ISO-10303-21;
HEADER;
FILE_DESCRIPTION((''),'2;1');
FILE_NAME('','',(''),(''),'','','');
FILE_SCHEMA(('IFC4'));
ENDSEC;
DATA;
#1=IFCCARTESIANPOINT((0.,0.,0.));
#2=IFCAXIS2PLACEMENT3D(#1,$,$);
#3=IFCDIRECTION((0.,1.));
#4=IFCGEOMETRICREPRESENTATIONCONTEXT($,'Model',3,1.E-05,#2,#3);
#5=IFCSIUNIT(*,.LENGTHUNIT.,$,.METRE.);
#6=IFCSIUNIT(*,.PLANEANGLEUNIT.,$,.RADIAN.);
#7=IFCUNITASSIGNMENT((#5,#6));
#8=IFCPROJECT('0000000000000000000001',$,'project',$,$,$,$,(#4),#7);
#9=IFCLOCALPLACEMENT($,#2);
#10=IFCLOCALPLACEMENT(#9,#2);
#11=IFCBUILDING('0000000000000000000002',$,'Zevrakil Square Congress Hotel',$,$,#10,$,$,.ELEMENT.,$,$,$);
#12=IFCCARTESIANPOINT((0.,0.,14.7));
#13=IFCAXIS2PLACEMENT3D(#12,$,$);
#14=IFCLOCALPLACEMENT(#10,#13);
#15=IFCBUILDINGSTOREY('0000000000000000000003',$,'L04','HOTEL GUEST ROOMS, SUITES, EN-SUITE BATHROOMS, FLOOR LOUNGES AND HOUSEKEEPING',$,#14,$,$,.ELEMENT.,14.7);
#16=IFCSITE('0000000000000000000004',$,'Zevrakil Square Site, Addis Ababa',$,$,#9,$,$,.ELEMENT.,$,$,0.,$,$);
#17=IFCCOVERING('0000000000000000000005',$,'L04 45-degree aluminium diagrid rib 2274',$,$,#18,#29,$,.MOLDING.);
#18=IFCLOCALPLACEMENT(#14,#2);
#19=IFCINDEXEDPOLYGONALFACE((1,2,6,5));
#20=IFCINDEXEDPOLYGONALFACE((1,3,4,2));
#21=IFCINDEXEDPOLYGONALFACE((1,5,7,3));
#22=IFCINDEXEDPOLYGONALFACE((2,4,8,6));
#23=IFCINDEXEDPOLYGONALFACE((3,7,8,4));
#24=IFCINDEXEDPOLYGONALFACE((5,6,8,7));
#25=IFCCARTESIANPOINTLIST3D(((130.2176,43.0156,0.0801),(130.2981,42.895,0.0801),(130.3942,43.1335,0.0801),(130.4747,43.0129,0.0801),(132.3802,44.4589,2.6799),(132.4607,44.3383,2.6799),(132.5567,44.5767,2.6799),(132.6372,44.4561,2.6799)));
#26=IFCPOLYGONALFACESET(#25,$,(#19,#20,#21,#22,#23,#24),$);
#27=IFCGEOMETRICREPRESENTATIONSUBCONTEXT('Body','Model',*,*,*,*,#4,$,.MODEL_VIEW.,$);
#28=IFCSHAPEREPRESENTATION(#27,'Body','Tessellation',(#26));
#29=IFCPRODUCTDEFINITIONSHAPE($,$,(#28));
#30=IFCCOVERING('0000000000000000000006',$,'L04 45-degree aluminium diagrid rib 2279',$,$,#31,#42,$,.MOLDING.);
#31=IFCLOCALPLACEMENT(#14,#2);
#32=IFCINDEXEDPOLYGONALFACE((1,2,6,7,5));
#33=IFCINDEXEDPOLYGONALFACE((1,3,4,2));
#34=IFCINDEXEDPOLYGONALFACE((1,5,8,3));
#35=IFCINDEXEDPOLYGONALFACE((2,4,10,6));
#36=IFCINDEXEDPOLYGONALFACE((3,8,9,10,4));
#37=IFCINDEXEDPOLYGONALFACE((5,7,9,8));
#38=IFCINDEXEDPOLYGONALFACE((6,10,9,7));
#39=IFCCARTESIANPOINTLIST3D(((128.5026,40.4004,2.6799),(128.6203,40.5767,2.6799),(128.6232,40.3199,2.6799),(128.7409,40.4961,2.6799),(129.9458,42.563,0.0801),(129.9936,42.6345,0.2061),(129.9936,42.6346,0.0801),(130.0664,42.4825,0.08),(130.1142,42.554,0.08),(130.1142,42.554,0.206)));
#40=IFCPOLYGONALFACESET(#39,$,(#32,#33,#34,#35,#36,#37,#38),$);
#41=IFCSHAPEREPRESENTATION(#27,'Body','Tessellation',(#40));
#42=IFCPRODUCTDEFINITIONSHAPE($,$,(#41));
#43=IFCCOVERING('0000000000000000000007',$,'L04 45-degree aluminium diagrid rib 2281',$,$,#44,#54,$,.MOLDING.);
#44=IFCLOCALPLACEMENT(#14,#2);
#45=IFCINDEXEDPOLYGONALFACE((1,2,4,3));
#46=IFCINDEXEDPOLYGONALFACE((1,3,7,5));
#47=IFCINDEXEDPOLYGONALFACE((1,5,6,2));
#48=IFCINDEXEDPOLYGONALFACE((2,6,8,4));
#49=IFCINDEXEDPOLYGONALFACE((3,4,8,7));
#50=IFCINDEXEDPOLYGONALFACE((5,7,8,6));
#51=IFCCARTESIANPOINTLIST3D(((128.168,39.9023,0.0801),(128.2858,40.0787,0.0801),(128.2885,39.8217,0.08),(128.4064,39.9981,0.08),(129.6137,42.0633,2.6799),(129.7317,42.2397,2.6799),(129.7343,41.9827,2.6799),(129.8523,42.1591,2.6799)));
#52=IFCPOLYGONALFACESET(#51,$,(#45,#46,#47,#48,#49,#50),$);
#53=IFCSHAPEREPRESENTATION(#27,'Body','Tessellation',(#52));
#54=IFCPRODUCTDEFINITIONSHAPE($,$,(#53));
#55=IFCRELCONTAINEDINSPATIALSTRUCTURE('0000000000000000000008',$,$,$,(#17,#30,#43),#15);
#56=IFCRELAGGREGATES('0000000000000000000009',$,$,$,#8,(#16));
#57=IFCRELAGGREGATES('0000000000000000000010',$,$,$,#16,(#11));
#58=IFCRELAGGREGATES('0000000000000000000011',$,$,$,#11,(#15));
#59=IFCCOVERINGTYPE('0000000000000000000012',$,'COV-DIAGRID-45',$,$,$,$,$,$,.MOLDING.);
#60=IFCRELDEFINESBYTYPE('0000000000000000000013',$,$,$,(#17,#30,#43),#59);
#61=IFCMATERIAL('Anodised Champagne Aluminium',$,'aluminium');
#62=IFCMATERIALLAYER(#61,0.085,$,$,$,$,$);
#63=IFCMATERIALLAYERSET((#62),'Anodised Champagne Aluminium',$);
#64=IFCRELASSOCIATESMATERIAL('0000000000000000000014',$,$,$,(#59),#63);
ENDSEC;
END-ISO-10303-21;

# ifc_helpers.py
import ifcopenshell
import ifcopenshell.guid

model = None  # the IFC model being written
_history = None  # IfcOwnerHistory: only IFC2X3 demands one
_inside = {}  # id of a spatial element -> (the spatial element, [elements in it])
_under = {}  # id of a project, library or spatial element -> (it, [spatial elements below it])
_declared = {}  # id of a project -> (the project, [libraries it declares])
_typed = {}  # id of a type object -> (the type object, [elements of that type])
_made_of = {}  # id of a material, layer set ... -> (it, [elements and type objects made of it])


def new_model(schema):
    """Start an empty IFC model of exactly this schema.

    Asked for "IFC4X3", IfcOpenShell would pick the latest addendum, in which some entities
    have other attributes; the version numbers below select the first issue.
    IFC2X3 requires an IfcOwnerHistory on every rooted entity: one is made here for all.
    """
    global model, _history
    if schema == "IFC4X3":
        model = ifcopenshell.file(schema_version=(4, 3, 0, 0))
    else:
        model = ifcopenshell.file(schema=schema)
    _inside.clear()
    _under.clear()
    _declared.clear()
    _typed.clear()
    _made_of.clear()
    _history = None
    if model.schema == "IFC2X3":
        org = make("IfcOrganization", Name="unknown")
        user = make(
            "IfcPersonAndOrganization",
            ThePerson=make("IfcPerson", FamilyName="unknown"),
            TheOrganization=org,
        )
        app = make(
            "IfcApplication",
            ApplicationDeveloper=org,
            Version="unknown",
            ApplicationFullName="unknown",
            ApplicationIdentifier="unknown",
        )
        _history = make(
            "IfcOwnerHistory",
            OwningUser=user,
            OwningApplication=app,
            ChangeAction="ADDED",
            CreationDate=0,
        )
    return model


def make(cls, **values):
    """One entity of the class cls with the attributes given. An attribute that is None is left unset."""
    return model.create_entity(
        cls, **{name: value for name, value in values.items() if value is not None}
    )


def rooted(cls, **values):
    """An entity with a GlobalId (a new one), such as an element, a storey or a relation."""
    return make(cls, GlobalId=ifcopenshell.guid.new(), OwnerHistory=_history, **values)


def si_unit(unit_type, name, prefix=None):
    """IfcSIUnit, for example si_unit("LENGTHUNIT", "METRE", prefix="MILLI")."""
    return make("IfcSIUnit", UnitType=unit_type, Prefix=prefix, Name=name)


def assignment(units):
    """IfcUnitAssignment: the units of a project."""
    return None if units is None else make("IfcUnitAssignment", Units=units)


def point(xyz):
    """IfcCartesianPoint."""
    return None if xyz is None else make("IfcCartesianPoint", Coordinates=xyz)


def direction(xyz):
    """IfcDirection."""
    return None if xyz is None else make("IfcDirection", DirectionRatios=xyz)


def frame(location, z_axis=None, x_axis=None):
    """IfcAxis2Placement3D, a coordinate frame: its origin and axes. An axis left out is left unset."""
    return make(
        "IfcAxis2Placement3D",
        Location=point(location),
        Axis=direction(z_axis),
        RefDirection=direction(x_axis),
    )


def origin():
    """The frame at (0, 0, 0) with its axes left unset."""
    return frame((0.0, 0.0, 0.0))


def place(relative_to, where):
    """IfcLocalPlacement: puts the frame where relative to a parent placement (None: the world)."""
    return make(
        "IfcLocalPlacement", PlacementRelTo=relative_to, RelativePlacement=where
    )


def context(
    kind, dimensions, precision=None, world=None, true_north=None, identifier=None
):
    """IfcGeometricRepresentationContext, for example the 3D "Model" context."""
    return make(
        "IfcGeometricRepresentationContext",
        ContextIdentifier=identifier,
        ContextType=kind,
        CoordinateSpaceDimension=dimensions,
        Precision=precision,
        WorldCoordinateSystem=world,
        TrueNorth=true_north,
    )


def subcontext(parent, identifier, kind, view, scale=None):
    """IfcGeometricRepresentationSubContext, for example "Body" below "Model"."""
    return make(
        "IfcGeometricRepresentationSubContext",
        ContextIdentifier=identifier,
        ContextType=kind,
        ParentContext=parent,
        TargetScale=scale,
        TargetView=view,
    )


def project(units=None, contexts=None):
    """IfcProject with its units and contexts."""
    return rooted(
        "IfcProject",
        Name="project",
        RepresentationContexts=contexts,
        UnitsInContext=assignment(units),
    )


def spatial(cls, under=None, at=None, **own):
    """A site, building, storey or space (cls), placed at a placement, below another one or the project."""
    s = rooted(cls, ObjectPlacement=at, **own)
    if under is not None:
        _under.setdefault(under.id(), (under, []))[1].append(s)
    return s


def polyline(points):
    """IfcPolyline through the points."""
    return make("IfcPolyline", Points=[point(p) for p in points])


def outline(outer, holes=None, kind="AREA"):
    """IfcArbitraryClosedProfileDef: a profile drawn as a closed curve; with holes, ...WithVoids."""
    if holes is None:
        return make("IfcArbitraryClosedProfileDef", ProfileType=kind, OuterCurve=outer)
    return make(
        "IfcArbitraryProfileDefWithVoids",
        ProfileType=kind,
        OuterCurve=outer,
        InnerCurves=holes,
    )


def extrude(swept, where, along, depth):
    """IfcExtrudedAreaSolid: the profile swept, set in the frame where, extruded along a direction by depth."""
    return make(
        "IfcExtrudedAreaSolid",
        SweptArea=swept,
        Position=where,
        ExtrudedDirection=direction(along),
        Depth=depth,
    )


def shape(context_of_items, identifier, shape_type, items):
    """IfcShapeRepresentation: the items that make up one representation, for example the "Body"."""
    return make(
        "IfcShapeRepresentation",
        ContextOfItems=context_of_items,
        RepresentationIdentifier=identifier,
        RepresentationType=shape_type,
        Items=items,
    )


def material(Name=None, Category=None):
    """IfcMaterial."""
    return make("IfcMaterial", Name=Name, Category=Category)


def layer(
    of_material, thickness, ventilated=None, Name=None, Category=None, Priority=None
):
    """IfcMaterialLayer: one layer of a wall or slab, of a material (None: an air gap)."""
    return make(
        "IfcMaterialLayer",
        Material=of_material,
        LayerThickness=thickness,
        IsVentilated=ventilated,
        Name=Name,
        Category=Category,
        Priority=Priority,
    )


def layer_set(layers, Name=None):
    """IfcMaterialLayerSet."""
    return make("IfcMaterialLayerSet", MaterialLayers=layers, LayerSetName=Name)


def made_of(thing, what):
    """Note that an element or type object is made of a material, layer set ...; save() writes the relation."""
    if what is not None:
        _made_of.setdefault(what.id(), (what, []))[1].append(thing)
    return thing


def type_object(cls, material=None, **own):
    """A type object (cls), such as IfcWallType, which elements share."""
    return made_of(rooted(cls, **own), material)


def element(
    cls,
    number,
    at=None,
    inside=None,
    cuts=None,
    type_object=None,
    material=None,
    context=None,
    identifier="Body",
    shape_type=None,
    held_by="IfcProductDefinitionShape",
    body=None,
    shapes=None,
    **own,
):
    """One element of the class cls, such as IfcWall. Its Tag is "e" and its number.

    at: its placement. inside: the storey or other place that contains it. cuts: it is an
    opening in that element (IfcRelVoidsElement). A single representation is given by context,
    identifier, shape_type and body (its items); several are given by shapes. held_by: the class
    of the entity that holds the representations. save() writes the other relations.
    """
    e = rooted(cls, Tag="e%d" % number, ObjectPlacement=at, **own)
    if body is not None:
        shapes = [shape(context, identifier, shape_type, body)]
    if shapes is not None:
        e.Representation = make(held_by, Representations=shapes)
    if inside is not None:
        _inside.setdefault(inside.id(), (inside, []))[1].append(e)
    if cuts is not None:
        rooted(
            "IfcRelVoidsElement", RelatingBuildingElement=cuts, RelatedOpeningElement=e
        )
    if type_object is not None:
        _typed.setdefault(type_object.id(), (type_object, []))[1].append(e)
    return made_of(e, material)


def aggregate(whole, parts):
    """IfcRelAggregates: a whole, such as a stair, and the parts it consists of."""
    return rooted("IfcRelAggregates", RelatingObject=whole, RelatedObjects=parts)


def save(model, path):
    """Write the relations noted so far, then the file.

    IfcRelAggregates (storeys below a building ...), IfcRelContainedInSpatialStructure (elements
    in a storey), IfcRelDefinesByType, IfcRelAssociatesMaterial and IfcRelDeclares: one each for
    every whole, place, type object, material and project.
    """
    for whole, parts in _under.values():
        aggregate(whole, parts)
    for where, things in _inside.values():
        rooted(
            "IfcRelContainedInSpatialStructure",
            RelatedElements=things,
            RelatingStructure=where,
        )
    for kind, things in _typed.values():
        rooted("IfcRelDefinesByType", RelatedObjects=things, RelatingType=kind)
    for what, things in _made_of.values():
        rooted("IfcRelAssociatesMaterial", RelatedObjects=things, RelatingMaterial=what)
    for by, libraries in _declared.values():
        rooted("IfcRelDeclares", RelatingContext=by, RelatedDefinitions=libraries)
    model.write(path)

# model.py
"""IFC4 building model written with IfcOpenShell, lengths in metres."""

from ifc_helpers import new_model, si_unit, direction, frame, origin, place, context, subcontext, project, spatial, polyline, outline, extrude, material, layer, layer_set, type_object, element, save


model = new_model("IFC4")

# Units and contexts
model_context = context("Model", 3, precision=1e-05, world=origin(), true_north=direction((0.0, 1.0)))
body_context = subcontext(model_context, "Body", "Model", "MODEL_VIEW")
ifc_project = project(units=[si_unit("LENGTHUNIT", "METRE"), si_unit("PLANEANGLEUNIT", "RADIAN")], contexts=[model_context])

# Site, building, storey
site_placement = place(None, origin())
site = spatial("IfcSite", under=ifc_project, at=site_placement, Name="Zevrakil Square Site, Addis Ababa", CompositionType="ELEMENT", RefElevation=0.0)
building_placement = place(site_placement, origin())
building = spatial("IfcBuilding", under=site, at=building_placement, Name="Zevrakil Square Congress Hotel", CompositionType="ELEMENT")
storey_placement = place(building_placement, frame((0.0, 0.0, 14.7)))
storey = spatial("IfcBuildingStorey", under=building, at=storey_placement, Name="L04", Description="HOTEL GUEST ROOMS, SUITES, EN-SUITE BATHROOMS, FLOOR LOUNGES AND HOUSEKEEPING", CompositionType="ELEMENT", Elevation=14.7)

# Coverings
ifc_material_1 = material(Name="Anodised Champagne Aluminium", Category="aluminium")
ifc_layer_1 = layer(ifc_material_1, 0.085)
ifc_layer_set_1 = layer_set([ifc_layer_1], Name="Anodised Champagne Aluminium")
covering_type_1 = type_object("IfcCoveringType", Name="COV-DIAGRID-45", PredefinedType="MOLDING", material=ifc_layer_set_1)
covering_1_placement = place(storey_placement, frame((132.6372, 44.4561, 2.6799), z_axis=(0.555098, -0.831785, 0.000003), x_axis=(-0.831785, -0.555098, 0.0)))
element("IfcCovering", 1, at=covering_1_placement, inside=storey, type_object=covering_type_1, Name="L04 45-degree aluminium diagrid rib 2274", PredefinedType="MOLDING", context=body_context, shape_type="SweptSolid", body=[
    extrude(outline(polyline([(0.0, 0.0), (0.2121, 0.0), (2.8122, 2.5999), (2.5999, 2.5999), (0.0, 0.0)])), origin(), (0.0, 0.0, -1.0), 0.145),
])
covering_2_placement = place(storey_placement, frame((129.9458, 42.563, 0.0801), z_axis=(-0.831616, 0.55535, 0.000317), x_axis=(0.55535, 0.831616, 0.0)))
element("IfcCovering", 2, at=covering_2_placement, inside=storey, type_object=covering_type_1, Name="L04 45-degree aluminium diagrid rib 2279", PredefinedType="MOLDING", context=body_context, shape_type="SweptSolid", body=[
    extrude(outline(polyline([(0.0, 0.0), (0.0861, 0.0), (0.0861, -0.126), (-2.3879, -2.5999), (-2.5999, -2.5999), (0.0, 0.0)])), origin(), (0.0, 0.0, -1.0), 0.145),
])
covering_3_placement = place(storey_placement, frame((129.7317, 42.2397, 2.6799), z_axis=(-0.831341, 0.555762, 0.000364), x_axis=(-0.555762, -0.831342, 0.0)))
element("IfcCovering", 3, at=covering_3_placement, inside=storey, type_object=covering_type_1, Name="L04 45-degree aluminium diagrid rib 2281", PredefinedType="MOLDING", context=body_context, shape_type="SweptSolid", body=[
    extrude(outline(polyline([(0.0, 0.0), (0.2123, 0.0), (2.8122, -2.5999), (2.6002, -2.5999), (0.0, 0.0)])), origin(), (0.0, 0.0, -1.0), 0.145),
])

save(model, "model.ifc")
